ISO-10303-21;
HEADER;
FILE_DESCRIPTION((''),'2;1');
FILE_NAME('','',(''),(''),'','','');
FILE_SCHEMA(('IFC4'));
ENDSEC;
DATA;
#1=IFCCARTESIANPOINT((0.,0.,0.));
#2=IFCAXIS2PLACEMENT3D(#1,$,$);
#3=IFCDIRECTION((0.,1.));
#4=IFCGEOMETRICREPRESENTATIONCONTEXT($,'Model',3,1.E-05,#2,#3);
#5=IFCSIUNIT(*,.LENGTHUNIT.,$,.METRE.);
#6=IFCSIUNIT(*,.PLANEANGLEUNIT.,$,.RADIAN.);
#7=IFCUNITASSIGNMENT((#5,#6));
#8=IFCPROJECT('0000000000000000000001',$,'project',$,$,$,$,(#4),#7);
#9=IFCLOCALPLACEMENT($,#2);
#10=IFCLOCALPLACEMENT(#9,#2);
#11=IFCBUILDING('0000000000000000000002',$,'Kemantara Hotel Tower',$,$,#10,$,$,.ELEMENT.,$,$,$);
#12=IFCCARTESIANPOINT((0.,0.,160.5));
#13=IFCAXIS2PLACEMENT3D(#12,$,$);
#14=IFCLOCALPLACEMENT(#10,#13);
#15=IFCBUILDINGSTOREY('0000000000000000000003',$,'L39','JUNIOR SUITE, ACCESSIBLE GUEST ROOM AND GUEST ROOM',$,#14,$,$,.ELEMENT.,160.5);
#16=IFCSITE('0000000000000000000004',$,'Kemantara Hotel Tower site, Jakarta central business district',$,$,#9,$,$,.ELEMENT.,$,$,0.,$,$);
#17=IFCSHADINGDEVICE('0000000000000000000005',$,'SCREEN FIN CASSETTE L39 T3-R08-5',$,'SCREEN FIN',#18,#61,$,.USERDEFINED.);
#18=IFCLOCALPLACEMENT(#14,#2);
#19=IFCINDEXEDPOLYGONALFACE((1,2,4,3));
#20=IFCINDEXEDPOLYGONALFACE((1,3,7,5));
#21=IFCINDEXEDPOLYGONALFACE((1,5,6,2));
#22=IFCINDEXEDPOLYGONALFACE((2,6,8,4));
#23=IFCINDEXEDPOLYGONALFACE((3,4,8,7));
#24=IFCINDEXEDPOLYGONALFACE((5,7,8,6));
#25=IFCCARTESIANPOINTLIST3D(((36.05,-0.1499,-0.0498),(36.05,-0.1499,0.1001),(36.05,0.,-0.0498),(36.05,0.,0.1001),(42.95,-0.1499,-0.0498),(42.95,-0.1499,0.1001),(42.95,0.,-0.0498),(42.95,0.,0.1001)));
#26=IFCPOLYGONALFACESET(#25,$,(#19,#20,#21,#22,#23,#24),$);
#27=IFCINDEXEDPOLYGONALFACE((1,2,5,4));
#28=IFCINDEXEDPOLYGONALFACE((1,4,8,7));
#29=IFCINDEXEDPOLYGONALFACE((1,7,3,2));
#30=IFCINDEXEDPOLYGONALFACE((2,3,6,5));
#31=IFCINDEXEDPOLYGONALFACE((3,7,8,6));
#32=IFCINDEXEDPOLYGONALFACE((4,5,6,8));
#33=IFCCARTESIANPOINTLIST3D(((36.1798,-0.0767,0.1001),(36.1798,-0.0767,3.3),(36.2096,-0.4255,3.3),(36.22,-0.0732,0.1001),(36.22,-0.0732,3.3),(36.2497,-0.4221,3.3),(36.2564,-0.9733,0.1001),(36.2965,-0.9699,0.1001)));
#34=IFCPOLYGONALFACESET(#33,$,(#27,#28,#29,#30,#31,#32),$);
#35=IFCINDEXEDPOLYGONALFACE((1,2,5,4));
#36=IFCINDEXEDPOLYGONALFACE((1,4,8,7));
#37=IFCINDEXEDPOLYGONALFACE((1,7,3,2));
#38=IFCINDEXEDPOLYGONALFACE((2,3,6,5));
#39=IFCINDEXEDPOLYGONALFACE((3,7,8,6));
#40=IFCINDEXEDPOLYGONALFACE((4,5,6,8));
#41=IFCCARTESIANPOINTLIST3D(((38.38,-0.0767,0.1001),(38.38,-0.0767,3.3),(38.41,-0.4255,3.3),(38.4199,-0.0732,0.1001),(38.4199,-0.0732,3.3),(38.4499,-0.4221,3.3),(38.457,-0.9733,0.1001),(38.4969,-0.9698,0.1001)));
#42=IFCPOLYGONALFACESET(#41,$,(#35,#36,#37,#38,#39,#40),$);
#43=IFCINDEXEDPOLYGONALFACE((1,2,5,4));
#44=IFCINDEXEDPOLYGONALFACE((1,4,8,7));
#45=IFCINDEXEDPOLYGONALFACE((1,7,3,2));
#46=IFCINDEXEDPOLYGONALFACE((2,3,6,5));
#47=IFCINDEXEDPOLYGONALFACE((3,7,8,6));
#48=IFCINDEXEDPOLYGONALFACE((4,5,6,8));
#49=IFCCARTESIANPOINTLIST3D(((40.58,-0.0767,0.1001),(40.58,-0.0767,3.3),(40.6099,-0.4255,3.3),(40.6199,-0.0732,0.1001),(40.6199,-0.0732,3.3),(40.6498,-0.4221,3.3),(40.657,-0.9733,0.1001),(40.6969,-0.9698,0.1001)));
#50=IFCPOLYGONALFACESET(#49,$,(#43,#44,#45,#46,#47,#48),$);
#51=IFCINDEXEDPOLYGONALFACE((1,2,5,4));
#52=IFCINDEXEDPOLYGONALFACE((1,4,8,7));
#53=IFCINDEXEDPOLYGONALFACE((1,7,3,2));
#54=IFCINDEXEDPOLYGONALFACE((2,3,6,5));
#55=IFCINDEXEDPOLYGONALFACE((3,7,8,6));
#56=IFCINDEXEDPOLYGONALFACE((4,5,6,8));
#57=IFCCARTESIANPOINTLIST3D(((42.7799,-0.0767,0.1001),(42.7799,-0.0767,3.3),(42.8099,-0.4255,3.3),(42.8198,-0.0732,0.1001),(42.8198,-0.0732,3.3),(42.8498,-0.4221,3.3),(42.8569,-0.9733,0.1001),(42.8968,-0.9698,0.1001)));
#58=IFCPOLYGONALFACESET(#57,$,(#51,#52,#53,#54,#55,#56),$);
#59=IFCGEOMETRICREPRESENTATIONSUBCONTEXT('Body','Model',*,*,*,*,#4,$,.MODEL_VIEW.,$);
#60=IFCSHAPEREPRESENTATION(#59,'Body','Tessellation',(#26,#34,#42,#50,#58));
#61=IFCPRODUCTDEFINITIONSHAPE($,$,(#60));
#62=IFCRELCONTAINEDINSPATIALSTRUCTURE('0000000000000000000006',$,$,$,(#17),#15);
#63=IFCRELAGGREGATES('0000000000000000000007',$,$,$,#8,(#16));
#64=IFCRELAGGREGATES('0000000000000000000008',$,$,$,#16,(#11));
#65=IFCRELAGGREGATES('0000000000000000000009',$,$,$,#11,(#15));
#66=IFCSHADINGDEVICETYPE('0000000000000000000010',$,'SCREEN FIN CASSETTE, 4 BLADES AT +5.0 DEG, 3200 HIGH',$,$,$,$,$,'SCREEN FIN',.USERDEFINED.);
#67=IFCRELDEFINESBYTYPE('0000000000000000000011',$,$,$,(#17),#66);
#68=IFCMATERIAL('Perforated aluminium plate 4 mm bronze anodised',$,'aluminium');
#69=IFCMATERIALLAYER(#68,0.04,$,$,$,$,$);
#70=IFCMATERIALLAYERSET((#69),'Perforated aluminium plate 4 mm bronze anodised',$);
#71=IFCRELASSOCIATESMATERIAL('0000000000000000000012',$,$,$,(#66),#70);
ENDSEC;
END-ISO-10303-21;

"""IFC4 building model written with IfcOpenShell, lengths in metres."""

from ifc_helpers import new_model, si_unit, direction, frame, origin, origin_2d, place, context, subcontext, project, spatial, polyline, rectangle, outline, extrude, source, transform, mapped, material, layer, layer_set, type_object, element, save


model = new_model("IFC4")

# Units and contexts
model_context = context("Model", 3, precision=1e-05, world=origin(), true_north=direction((0.0, 1.0)))
body_context = subcontext(model_context, "Body", "Model", "MODEL_VIEW")
ifc_project = project(units=[si_unit("LENGTHUNIT", "METRE"), si_unit("PLANEANGLEUNIT", "RADIAN")], contexts=[model_context])

# Site, building, storey
site_placement = place(None, origin())
site = spatial("IfcSite", under=ifc_project, at=site_placement, Name="Kemantara Hotel Tower site, Jakarta central business district", CompositionType="ELEMENT", RefElevation=0.0)
building_placement = place(site_placement, origin())
building = spatial("IfcBuilding", under=site, at=building_placement, Name="Kemantara Hotel Tower", CompositionType="ELEMENT")
storey_placement = place(building_placement, frame((0.0, 0.0, 160.5)))
storey = spatial("IfcBuildingStorey", under=building, at=storey_placement, Name="L39", Description="JUNIOR SUITE, ACCESSIBLE GUEST ROOM AND GUEST ROOM", CompositionType="ELEMENT", Elevation=160.5)

# Shading device
ifc_material_1 = material(Name="Perforated aluminium plate 4 mm bronze anodised", Category="aluminium")
ifc_layer_1 = layer(ifc_material_1, 0.04)
ifc_layer_set_1 = layer_set([ifc_layer_1], Name="Perforated aluminium plate 4 mm bronze anodised")
shading_device_type_1 = type_object("IfcShadingDeviceType", Name="SCREEN FIN CASSETTE, 4 BLADES AT +5.0 DEG, 3200 HIGH", ElementType="SCREEN FIN", PredefinedType="USERDEFINED", material=ifc_layer_set_1)
shared_shape_1 = source(origin(), body_context, "Body", "SweptSolid", [
    extrude(rectangle(XDim=6.8999, YDim=0.1499, at=origin_2d()), frame((3.3, -0.075, -0.1499), z_axis=(0.0, 0.0, 1.0), x_axis=(1.0, 0.0, 0.0)), (0.0, 0.0, 1.0), 0.1499),
    extrude(outline(polyline([(0.0, 0.0), (0.8999, 0.0), (0.3501, 3.2), (0.0, 3.2), (0.0, 0.0)])), frame((0.02, -0.0732, 0.0), z_axis=(-0.996376, -0.085056, 0.0), x_axis=(0.085056, -0.996376, 0.0)), (0.0, 0.0, 1.0), 0.0403),
    extrude(outline(polyline([(0.0, 0.0), (0.8999, 0.0), (0.3501, 3.2), (0.0, 3.2), (0.0, 0.0)])), frame((2.22, -0.0732, 0.0), z_axis=(-0.996332, -0.085575, 0.0), x_axis=(0.085575, -0.996332, 0.0)), (0.0, 0.0, 1.0), 0.04),
    extrude(outline(polyline([(0.0, 0.0), (0.8999, 0.0), (0.3501, 3.2), (0.0, 3.2), (0.0, 0.0)])), frame((4.4199, -0.0732, 0.0), z_axis=(-0.996332, -0.085575, 0.0), x_axis=(0.085575, -0.996332, 0.0)), (0.0, 0.0, 1.0), 0.04),
    extrude(outline(polyline([(0.0, 0.0), (0.8999, 0.0), (0.3501, 3.2), (0.0, 3.2), (0.0, 0.0)])), frame((6.6199, -0.0732, 0.0), z_axis=(-0.996332, -0.085575, 0.0), x_axis=(0.085575, -0.996332, 0.0)), (0.0, 0.0, 1.0), 0.04),
])
shading_device_1_placement = place(storey_placement, frame((36.2, 0.0, 0.1001), z_axis=(0.0, 0.0, 1.0), x_axis=(1.0, 0.0, 0.0)))
element("IfcShadingDevice", 1, at=shading_device_1_placement, inside=storey, type_object=shading_device_type_1, Name="SCREEN FIN CASSETTE L39 T3-R08-5", ObjectType="SCREEN FIN", PredefinedType="USERDEFINED", context=body_context, shape_type="MappedRepresentation", body=[
    mapped(shared_shape_1, transform((0.0, 0.0, 0.0))),
])

save(model, "model.ifc")
